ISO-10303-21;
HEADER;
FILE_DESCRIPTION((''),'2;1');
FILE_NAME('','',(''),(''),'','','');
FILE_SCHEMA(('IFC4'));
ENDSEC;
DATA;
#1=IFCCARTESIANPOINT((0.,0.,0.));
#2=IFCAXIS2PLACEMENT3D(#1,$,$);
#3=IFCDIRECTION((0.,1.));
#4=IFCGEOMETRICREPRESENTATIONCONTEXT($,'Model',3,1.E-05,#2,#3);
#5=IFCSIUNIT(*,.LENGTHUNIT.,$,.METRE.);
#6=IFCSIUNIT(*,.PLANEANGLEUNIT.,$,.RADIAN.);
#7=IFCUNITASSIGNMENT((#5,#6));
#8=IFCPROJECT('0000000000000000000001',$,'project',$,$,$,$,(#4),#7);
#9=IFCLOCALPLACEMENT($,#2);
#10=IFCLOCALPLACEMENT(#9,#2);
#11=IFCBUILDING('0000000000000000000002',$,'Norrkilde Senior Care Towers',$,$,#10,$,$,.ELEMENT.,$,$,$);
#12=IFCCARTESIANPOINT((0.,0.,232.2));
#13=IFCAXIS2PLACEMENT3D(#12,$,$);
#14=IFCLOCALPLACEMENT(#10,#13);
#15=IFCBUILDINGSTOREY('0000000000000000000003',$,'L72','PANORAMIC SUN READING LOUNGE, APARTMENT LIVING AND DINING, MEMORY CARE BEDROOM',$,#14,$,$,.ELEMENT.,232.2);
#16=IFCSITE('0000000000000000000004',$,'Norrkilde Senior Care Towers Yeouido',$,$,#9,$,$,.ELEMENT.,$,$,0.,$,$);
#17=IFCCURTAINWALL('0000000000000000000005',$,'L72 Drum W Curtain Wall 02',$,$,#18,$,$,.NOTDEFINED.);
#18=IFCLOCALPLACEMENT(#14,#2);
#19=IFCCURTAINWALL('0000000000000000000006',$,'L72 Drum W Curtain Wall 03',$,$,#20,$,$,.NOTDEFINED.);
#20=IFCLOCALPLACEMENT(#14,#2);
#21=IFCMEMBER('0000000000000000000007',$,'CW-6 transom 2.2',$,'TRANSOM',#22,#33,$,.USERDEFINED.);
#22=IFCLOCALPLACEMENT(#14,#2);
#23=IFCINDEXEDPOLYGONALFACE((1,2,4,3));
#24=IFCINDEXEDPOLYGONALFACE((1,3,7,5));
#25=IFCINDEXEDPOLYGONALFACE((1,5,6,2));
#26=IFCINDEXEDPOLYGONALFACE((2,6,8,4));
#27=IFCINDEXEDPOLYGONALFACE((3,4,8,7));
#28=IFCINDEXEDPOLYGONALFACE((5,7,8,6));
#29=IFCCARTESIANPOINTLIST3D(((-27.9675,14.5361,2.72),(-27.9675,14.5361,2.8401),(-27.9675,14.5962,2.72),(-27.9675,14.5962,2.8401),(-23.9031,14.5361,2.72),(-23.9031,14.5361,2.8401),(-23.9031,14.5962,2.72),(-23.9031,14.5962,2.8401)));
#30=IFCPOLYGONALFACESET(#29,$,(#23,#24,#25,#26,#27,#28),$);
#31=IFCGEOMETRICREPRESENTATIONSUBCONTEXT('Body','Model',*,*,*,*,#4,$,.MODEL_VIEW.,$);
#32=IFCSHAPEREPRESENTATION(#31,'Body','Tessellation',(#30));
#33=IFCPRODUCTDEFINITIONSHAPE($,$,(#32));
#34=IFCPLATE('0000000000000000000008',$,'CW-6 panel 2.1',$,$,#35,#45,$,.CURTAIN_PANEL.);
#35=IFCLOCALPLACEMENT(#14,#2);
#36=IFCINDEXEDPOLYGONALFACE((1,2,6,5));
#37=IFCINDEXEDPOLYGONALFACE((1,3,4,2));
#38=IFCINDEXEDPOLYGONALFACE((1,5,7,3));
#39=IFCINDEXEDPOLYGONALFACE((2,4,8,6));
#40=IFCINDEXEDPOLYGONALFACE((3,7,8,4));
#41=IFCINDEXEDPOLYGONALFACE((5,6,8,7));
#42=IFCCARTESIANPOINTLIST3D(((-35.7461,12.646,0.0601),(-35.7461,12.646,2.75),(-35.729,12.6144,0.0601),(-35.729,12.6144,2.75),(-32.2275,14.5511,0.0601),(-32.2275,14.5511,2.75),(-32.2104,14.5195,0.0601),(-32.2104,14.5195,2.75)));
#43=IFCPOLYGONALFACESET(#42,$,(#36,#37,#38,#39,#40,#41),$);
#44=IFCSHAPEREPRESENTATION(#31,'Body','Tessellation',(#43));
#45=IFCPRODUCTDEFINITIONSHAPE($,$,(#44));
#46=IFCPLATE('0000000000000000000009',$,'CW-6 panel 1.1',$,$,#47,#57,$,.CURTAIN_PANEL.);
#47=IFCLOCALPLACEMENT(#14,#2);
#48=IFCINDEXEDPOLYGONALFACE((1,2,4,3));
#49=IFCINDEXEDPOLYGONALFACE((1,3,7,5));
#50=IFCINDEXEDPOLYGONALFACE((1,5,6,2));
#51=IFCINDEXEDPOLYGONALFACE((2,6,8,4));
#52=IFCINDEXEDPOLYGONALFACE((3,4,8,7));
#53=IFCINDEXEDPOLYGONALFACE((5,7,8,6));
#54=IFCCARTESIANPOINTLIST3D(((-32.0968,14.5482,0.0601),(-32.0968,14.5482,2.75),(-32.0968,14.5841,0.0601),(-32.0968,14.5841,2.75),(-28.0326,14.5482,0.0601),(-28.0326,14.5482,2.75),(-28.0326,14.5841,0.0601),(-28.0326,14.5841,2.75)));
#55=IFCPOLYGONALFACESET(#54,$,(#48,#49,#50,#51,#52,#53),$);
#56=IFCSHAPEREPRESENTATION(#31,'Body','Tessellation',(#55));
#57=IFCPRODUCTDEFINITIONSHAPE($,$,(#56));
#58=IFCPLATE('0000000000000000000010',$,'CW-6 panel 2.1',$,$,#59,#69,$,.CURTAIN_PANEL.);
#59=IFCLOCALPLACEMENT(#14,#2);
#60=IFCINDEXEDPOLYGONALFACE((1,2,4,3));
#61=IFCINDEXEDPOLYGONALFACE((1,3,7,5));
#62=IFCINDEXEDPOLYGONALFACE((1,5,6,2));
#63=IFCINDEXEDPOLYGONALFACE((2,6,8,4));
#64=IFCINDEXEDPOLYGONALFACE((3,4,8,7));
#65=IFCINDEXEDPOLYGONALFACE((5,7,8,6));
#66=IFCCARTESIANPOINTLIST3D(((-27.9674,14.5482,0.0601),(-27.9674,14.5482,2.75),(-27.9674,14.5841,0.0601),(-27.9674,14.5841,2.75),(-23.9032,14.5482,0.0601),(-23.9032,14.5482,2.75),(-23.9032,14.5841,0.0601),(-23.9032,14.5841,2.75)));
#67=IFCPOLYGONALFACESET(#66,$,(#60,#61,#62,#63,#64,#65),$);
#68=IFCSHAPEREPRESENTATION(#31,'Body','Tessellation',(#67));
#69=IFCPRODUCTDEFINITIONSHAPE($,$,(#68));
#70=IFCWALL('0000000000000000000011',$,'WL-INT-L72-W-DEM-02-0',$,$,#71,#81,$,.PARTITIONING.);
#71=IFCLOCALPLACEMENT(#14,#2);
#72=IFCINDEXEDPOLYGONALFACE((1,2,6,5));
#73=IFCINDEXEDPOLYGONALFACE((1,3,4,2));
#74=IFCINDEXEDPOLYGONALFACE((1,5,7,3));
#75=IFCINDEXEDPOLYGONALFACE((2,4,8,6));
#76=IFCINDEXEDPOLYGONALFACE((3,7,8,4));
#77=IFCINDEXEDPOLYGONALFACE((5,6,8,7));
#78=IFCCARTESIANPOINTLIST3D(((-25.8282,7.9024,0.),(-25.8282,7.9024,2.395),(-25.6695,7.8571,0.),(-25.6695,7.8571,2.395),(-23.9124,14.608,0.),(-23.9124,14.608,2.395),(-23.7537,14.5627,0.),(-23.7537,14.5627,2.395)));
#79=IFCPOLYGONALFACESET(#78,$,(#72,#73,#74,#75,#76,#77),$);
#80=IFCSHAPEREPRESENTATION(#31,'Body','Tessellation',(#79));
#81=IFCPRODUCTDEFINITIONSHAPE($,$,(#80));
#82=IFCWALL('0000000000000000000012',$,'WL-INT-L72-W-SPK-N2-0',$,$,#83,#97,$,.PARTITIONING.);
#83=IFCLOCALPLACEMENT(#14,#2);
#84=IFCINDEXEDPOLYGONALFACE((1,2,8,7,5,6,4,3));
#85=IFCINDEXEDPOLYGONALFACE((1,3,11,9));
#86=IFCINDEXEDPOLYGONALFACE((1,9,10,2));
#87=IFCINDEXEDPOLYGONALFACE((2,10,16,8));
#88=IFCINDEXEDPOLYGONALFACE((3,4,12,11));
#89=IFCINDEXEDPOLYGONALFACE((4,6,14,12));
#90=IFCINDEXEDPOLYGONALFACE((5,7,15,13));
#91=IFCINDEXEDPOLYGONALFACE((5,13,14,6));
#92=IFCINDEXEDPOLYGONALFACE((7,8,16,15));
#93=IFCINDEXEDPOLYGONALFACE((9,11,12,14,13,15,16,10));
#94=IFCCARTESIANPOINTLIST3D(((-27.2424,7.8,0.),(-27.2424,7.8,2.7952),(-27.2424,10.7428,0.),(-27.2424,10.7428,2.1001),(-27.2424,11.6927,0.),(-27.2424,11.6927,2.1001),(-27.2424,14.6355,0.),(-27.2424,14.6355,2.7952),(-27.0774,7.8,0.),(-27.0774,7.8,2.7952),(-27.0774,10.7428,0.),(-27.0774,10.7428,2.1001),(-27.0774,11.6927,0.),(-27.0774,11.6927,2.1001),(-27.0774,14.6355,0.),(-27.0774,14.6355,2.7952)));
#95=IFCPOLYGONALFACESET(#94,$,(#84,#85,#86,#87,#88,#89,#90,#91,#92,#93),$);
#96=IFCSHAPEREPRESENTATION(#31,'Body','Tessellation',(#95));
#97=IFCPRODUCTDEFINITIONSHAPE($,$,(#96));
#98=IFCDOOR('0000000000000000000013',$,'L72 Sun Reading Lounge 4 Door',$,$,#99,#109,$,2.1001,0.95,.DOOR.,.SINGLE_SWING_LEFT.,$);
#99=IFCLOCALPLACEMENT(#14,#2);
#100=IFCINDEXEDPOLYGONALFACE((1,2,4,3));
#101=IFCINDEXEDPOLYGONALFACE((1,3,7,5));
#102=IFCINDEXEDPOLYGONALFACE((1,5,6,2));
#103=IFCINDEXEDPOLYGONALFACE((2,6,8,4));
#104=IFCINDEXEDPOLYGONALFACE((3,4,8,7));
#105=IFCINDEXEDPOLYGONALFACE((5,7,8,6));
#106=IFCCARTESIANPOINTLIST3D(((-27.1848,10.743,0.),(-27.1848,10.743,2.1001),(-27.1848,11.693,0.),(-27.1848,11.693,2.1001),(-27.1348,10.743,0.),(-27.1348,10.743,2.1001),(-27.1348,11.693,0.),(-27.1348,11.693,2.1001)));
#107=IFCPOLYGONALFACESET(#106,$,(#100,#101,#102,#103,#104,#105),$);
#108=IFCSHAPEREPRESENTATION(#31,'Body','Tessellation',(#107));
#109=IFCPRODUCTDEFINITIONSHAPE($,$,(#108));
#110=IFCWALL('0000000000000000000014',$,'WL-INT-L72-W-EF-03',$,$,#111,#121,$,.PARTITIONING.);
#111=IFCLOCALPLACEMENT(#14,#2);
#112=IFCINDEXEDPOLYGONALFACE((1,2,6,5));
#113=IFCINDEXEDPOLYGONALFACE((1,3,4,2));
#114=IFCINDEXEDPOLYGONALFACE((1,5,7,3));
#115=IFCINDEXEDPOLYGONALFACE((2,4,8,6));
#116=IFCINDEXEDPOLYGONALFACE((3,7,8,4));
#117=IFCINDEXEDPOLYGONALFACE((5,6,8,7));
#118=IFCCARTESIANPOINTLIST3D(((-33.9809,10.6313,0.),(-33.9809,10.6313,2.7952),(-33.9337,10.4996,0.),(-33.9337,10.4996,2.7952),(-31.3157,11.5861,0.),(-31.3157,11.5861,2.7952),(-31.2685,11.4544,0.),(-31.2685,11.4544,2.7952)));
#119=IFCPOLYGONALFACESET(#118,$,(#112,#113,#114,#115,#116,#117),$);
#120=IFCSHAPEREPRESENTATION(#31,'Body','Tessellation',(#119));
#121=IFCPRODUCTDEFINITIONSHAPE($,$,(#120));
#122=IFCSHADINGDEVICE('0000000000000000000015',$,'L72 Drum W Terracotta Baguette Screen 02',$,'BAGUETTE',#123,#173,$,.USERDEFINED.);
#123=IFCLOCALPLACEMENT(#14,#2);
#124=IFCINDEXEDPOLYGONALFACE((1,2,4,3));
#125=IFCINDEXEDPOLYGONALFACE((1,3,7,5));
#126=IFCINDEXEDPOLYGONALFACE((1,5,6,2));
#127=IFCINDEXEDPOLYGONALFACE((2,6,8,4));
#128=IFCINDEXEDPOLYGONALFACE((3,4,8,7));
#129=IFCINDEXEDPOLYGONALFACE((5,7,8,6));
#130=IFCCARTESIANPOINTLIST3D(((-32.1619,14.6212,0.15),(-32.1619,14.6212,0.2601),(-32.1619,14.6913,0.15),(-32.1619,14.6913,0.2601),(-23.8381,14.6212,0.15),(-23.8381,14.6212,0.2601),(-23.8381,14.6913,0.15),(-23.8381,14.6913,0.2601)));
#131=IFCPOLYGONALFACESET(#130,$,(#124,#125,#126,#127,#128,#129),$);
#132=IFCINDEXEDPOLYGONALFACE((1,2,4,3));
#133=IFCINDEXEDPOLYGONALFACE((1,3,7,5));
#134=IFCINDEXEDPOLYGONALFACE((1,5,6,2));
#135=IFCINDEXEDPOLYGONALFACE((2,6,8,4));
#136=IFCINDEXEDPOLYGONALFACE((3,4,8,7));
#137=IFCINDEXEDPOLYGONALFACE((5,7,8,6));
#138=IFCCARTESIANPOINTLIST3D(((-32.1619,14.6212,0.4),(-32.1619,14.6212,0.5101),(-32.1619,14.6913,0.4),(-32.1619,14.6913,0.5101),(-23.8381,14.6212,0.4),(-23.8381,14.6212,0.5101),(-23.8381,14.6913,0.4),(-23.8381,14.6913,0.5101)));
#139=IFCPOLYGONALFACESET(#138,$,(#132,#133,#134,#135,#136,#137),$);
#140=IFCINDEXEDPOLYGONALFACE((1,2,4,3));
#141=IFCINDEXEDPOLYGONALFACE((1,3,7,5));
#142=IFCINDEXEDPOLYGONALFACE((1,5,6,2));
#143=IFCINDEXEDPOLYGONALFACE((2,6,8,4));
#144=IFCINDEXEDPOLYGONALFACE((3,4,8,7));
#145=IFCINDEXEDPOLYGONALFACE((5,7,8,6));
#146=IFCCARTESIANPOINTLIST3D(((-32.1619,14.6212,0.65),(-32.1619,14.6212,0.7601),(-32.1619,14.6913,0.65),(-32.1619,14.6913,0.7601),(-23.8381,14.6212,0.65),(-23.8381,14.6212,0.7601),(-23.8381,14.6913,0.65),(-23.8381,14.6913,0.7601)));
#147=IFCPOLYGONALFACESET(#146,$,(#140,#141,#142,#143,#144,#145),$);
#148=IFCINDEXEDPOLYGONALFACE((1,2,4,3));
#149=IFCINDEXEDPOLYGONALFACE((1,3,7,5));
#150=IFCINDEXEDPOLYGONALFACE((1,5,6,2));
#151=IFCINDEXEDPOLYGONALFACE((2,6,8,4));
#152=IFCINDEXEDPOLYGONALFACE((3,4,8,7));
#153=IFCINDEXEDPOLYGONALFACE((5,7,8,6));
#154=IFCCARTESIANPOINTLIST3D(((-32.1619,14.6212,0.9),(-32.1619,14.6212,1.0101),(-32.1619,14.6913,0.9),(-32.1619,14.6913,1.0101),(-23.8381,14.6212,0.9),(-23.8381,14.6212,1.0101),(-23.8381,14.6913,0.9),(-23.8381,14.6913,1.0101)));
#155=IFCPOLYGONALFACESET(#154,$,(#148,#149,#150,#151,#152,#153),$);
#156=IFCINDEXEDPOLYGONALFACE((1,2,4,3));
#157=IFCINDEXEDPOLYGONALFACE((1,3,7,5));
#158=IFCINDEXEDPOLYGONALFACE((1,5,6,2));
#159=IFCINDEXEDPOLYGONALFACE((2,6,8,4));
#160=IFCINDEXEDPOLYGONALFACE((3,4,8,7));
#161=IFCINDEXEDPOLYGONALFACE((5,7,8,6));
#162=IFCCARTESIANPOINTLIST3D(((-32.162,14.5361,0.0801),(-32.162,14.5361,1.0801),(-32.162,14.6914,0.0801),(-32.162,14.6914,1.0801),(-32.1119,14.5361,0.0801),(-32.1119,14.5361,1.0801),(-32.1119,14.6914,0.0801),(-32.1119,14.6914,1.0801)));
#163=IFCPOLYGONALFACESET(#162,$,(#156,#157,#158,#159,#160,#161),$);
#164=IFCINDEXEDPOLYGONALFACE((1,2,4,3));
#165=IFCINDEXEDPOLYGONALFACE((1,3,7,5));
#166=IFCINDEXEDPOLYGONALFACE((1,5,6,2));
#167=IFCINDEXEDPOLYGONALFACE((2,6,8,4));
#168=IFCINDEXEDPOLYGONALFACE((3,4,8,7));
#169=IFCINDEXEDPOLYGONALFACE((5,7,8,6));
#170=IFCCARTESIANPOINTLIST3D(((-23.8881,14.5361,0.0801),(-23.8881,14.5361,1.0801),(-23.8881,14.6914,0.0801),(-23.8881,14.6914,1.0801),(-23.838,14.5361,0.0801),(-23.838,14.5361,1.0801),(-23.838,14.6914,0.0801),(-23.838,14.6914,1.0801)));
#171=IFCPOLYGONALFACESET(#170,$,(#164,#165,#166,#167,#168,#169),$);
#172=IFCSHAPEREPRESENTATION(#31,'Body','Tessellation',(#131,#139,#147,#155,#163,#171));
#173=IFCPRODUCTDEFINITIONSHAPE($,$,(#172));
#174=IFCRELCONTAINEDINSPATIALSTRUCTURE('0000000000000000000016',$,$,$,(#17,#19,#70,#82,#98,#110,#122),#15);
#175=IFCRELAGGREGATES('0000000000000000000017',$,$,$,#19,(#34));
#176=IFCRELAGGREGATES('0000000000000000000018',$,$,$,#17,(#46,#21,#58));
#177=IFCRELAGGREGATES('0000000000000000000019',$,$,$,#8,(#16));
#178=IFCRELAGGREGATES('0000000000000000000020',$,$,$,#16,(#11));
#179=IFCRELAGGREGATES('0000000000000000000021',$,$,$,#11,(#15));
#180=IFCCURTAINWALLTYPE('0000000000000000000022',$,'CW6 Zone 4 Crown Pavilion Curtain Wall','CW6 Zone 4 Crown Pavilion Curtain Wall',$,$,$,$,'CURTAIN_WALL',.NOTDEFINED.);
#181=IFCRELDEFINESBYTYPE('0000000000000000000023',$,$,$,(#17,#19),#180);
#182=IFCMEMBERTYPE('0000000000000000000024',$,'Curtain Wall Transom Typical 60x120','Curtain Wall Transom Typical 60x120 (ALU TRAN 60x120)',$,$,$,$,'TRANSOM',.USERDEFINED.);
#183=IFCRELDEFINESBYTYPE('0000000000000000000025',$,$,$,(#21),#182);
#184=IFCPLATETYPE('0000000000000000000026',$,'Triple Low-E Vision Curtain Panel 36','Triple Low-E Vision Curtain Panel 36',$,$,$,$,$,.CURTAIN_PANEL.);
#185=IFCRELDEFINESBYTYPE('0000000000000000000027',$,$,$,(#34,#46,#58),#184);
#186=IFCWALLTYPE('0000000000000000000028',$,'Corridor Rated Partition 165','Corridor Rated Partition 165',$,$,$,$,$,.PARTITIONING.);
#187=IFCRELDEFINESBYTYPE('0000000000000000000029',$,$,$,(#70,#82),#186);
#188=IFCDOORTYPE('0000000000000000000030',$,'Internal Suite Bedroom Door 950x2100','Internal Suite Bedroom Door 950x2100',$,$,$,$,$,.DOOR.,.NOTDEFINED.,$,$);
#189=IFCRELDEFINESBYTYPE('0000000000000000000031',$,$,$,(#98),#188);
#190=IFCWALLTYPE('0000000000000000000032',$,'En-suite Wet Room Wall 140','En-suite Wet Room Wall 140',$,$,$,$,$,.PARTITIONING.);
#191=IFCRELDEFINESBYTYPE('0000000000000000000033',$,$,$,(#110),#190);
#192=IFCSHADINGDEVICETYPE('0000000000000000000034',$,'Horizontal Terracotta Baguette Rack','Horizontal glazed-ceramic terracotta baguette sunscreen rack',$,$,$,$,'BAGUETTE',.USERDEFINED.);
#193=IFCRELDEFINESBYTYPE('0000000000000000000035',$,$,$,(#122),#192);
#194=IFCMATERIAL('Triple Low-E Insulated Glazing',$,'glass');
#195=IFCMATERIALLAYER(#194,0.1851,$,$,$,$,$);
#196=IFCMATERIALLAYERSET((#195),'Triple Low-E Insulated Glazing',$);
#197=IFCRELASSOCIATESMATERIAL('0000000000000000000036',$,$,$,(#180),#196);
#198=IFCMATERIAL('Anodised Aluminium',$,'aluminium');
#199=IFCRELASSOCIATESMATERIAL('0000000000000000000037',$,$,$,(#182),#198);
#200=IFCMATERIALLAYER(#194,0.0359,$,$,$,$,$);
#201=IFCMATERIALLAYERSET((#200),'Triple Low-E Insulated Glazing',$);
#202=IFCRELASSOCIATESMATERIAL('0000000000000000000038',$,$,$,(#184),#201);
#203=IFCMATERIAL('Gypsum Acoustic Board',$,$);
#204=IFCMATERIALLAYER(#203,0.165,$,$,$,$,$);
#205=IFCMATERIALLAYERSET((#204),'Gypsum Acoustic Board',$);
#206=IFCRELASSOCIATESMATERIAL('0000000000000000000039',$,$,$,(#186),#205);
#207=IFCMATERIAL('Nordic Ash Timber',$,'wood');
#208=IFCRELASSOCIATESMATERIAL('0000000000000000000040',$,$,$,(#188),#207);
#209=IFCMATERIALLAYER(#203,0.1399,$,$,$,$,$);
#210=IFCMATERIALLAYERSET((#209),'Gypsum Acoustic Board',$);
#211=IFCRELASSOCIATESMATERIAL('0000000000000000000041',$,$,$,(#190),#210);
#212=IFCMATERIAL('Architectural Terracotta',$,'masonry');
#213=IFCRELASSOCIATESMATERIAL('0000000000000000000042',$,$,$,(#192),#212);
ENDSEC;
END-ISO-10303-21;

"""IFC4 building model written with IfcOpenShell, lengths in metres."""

from ifc_helpers import new_model, si_unit, direction, frame, frame_2d, origin, origin_2d, place, context, subcontext, project, spatial, rectangle, extrude, source, transform, mapped, material, layer, layer_set, material_profile, profile_set, type_object, type_shapes, element, fill, aggregate, save


model = new_model("IFC4")

# Units and contexts
model_context = context("Model", 3, precision=1e-05, world=origin(), true_north=direction((0.0, 1.0)))
body_context = subcontext(model_context, "Body", "Model", "MODEL_VIEW")
ifc_project = project(units=[si_unit("LENGTHUNIT", "METRE"), si_unit("PLANEANGLEUNIT", "RADIAN")], contexts=[model_context])

# Site, building, storey
site_placement = place(None, origin())
site = spatial("IfcSite", under=ifc_project, at=site_placement, Name="Norrkilde Senior Care Towers Yeouido", CompositionType="ELEMENT", RefElevation=0.0)
building_placement = place(site_placement, origin())
building = spatial("IfcBuilding", under=site, at=building_placement, Name="Norrkilde Senior Care Towers", CompositionType="ELEMENT")
storey_placement = place(building_placement, frame((0.0, 0.0, 232.2)))
storey = spatial("IfcBuildingStorey", under=building, at=storey_placement, Name="L72", Description="PANORAMIC SUN READING LOUNGE, APARTMENT LIVING AND DINING, MEMORY CARE BEDROOM", CompositionType="ELEMENT", Elevation=232.2)

# Curtain wall
ifc_material_1 = material(Name="Triple Low-E Insulated Glazing", Category="glass")
ifc_layer_1 = layer(ifc_material_1, 0.1851)
ifc_layer_set_1 = layer_set([ifc_layer_1], Name="Triple Low-E Insulated Glazing")
curtain_wall_type = type_object("IfcCurtainWallType", Name="CW6 Zone 4 Crown Pavilion Curtain Wall", Description="CW6 Zone 4 Crown Pavilion Curtain Wall", ElementType="CURTAIN_WALL", PredefinedType="NOTDEFINED", material=ifc_layer_set_1)
curtain_wall_1_placement = place(storey_placement, origin())
curtain_wall_1 = element("IfcCurtainWall", 1, at=curtain_wall_1_placement, inside=storey, type_object=curtain_wall_type, Name="L72 Drum W Curtain Wall 02", PredefinedType="NOTDEFINED")
ifc_material_2 = material(Name="Anodised Aluminium", Category="aluminium")

# Curtain wall
curtain_wall_2_placement = place(storey_placement, origin())
curtain_wall_2 = element("IfcCurtainWall", 2, at=curtain_wall_2_placement, inside=storey, type_object=curtain_wall_type, Name="L72 Drum W Curtain Wall 03", PredefinedType="NOTDEFINED")

# Member
ifc_material_profile_1 = material_profile(ifc_material_2, rectangle(XDim=0.0601, YDim=0.1201, at=origin_2d()), Name="ALU TRAN 60x120")
ifc_profile_set_1 = profile_set([ifc_material_profile_1], Name="Anodised Aluminium")
member_type_1 = type_object("IfcMemberType", Name="Curtain Wall Transom Typical 60x120", Description="Curtain Wall Transom Typical 60x120 (ALU TRAN 60x120)", ElementType="TRANSOM", PredefinedType="USERDEFINED", material=ifc_profile_set_1)
shared_shape_1 = source(origin(), body_context, "Body", "SweptSolid", [
    extrude(rectangle(XDim=0.0601, YDim=0.1201, at=origin_2d()), origin(), (0.0, 0.0, 1.0), 4.0645),
])
type_shapes(member_type_1, [shared_shape_1])
member_1_placement = place(storey_placement, frame((-27.9675, 14.5662, 2.78), z_axis=(1.0, 0.0, 0.0), x_axis=(0.0, 1.0, 0.0)))
member_1 = element("IfcMember", 3, at=member_1_placement, type_object=member_type_1, Name="CW-6 transom 2.2", ObjectType="TRANSOM", PredefinedType="USERDEFINED", context=body_context, shape_type="MappedRepresentation", body=[
    mapped(shared_shape_1, transform((0.0, 0.0, 0.0), x_axis=(1.0, 0.0, 0.0), y_axis=(0.0, 1.0, 0.0), z_axis=(0.0, 0.0, 1.0), scale=1.0)),
])

# Plates
ifc_layer_2 = layer(ifc_material_1, 0.0359)
ifc_layer_set_2 = layer_set([ifc_layer_2], Name="Triple Low-E Insulated Glazing")
plate_type = type_object("IfcPlateType", Name="Triple Low-E Vision Curtain Panel 36", Description="Triple Low-E Vision Curtain Panel 36", PredefinedType="CURTAIN_PANEL", material=ifc_layer_set_2)
shared_shape_2 = source(origin(), body_context, "Body", "SweptSolid", [
    extrude(rectangle(XDim=4.0012, YDim=0.0359, at=origin_2d()), origin(), (0.0, 0.0, 1.0), 2.6899),
])
plate_1_placement = place(storey_placement, frame((-33.9783, 13.5828, 0.0601), z_axis=(0.0, 0.0, 1.0), x_axis=(0.879373, 0.476133, 0.0)))
plate_1 = element("IfcPlate", 4, at=plate_1_placement, type_object=plate_type, Name="CW-6 panel 2.1", PredefinedType="CURTAIN_PANEL", context=body_context, shape_type="MappedRepresentation", body=[
    mapped(shared_shape_2, transform((0.0, 0.0, 0.0), x_axis=(1.0, 0.0, 0.0), y_axis=(0.0, 1.0, 0.0), z_axis=(0.0, 0.0, 1.0), scale=1.0)),
])
aggregate(curtain_wall_2, [plate_1])
shared_shape_3 = source(origin(), body_context, "Body", "SweptSolid", [
    extrude(rectangle(XDim=4.0642, YDim=0.0359, at=origin_2d()), origin(), (0.0, 0.0, 1.0), 2.6899),
])
type_shapes(plate_type, [shared_shape_2, shared_shape_3])
plate_2_placement = place(storey_placement, frame((-30.0647, 14.5662, 0.0601), z_axis=(0.0, 0.0, 1.0), x_axis=(1.0, 0.0, 0.0)))
plate_2 = element("IfcPlate", 5, at=plate_2_placement, type_object=plate_type, Name="CW-6 panel 1.1", PredefinedType="CURTAIN_PANEL", context=body_context, shape_type="MappedRepresentation", body=[
    mapped(shared_shape_3, transform((0.0, 0.0, 0.0), x_axis=(1.0, 0.0, 0.0), y_axis=(0.0, 1.0, 0.0), z_axis=(0.0, 0.0, 1.0), scale=1.0)),
])
plate_3_placement = place(storey_placement, frame((-25.9353, 14.5662, 0.0601), z_axis=(0.0, 0.0, 1.0), x_axis=(1.0, 0.0, 0.0)))
plate_3 = element("IfcPlate", 6, at=plate_3_placement, type_object=plate_type, Name="CW-6 panel 2.1", PredefinedType="CURTAIN_PANEL", context=body_context, shape_type="MappedRepresentation", body=[
    mapped(shared_shape_3, transform((0.0, 0.0, 0.0), x_axis=(1.0, 0.0, 0.0), y_axis=(0.0, 1.0, 0.0), z_axis=(0.0, 0.0, 1.0), scale=1.0)),
])
aggregate(curtain_wall_1, [plate_2, member_1, plate_3])

# Wall
ifc_material_3 = material(Name="Gypsum Acoustic Board")
ifc_layer_3 = layer(ifc_material_3, 0.165)
ifc_layer_set_3 = layer_set([ifc_layer_3], Name="Gypsum Acoustic Board")
wall_type_1 = type_object("IfcWallType", Name="Corridor Rated Partition 165", Description="Corridor Rated Partition 165", PredefinedType="PARTITIONING", material=ifc_layer_set_3)
shared_shape_4 = source(origin(), body_context, "Body", "SweptSolid", [
    extrude(rectangle(XDim=6.9739, YDim=0.165, at=frame_2d((3.4868, 0.0))), origin(), (0.0, 0.0, 1.0), 2.395),
])
wall_1_placement = place(storey_placement, frame((-25.7488, 7.8799, 0.0), z_axis=(0.0, 0.0, 1.0), x_axis=(0.274707, 0.961528, 0.0)))
element("IfcWall", 7, at=wall_1_placement, inside=storey, type_object=wall_type_1, Name="WL-INT-L72-W-DEM-02-0", PredefinedType="PARTITIONING", context=body_context, shape_type="MappedRepresentation", body=[
    mapped(shared_shape_4, transform((0.0, 0.0, 0.0), x_axis=(1.0, 0.0, 0.0), y_axis=(0.0, 1.0, 0.0), z_axis=(0.0, 0.0, 1.0), scale=1.0)),
])

# Wall, opening, door
shared_shape_5 = source(origin(), body_context, "Body", "SweptSolid", [
    extrude(rectangle(XDim=6.8354, YDim=0.165, at=frame_2d((3.4177, 0.0))), origin(), (0.0, 0.0, 1.0), 2.7952),
])
type_shapes(wall_type_1, [shared_shape_4, shared_shape_5])
wall_2_placement = place(storey_placement, frame((-27.1599, 14.6355, 0.0), z_axis=(0.0, 0.0, 1.0), x_axis=(0.0, -1.0, 0.0)))
wall_2 = element("IfcWall", 8, at=wall_2_placement, inside=storey, type_object=wall_type_1, Name="WL-INT-L72-W-SPK-N2-0", PredefinedType="PARTITIONING", context=body_context, shape_type="MappedRepresentation", body=[
    mapped(shared_shape_5, transform((0.0, 0.0, 0.0), x_axis=(1.0, 0.0, 0.0), y_axis=(0.0, 1.0, 0.0), z_axis=(0.0, 0.0, 1.0), scale=1.0)),
])
opening_placement = place(wall_2_placement, frame((2.9426, 0.0, 0.0)))
opening = element("IfcOpeningElement", 9, at=opening_placement, cuts=wall_2, PredefinedType="OPENING", context=body_context, shape_type="SweptSolid", body=[
    extrude(rectangle(XDim=0.95, YDim=2.1001, at=frame_2d((0.4751, 1.05))), frame((0.0, 0.0925, 0.0), z_axis=(0.0, -1.0, 0.0), x_axis=(1.0, 0.0, 0.0)), (0.0, 0.0, 1.0), 0.1851),
])
ifc_material_4 = material(Name="Nordic Ash Timber", Category="wood")
door_type = type_object("IfcDoorType", Name="Internal Suite Bedroom Door 950x2100", Description="Internal Suite Bedroom Door 950x2100", OperationType="NOTDEFINED", PredefinedType="DOOR", material=ifc_material_4)
shared_shape_6 = source(origin(), body_context, "Body", "SweptSolid", [
    extrude(rectangle(XDim=0.95, YDim=2.1001, at=frame_2d((0.4751, 1.05))), frame((0.0, 0.0249, 0.0), z_axis=(0.0, -1.0, 0.0), x_axis=(1.0, 0.0, 0.0)), (0.0, 0.0, 1.0), 0.05),
])
type_shapes(door_type, [shared_shape_6])
door_placement = place(opening_placement, frame((0.95, 0.0, 0.0), z_axis=(0.0, 0.0, 1.0), x_axis=(-1.0, 0.0, 0.0)))
door = element("IfcDoor", 10, at=door_placement, inside=storey, type_object=door_type, Name="L72 Sun Reading Lounge 4 Door", OperationType="SINGLE_SWING_LEFT", OverallHeight=2.1001, OverallWidth=0.95, PredefinedType="DOOR", context=body_context, shape_type="MappedRepresentation", body=[
    mapped(shared_shape_6, transform((0.0, 0.0, 0.0), x_axis=(1.0, 0.0, 0.0), y_axis=(0.0, 1.0, 0.0), z_axis=(0.0, 0.0, 1.0), scale=1.0)),
])
fill(opening, door)

# Wall
ifc_layer_4 = layer(ifc_material_3, 0.1399)
ifc_layer_set_4 = layer_set([ifc_layer_4], Name="Gypsum Acoustic Board")
wall_type_2 = type_object("IfcWallType", Name="En-suite Wet Room Wall 140", Description="En-suite Wet Room Wall 140", PredefinedType="PARTITIONING", material=ifc_layer_set_4)
shared_shape_7 = source(origin(), body_context, "Body", "SweptSolid", [
    extrude(rectangle(XDim=2.8311, YDim=0.1399, at=frame_2d((1.4155, 0.0))), origin(), (0.0, 0.0, 1.0), 2.7952),
])
type_shapes(wall_type_2, [shared_shape_7])
wall_3_placement = place(storey_placement, frame((-33.9573, 10.5654, 0.0), z_axis=(0.0, 0.0, 1.0), x_axis=(0.941412, 0.337259, 0.0)))
element("IfcWall", 11, at=wall_3_placement, inside=storey, type_object=wall_type_2, Name="WL-INT-L72-W-EF-03", PredefinedType="PARTITIONING", context=body_context, shape_type="MappedRepresentation", body=[
    mapped(shared_shape_7, transform((0.0, 0.0, 0.0), x_axis=(1.0, 0.0, 0.0), y_axis=(0.0, 1.0, 0.0), z_axis=(0.0, 0.0, 1.0), scale=1.0)),
])

# Shading device
ifc_material_5 = material(Name="Architectural Terracotta", Category="masonry")
shading_device_type = type_object("IfcShadingDeviceType", Name="Horizontal Terracotta Baguette Rack", Description="Horizontal glazed-ceramic terracotta baguette sunscreen rack", ElementType="BAGUETTE", PredefinedType="USERDEFINED", material=ifc_material_5)
shared_shape_8 = source(origin(), body_context, "Body", "SweptSolid", [
    extrude(rectangle(XDim=0.0701, YDim=0.1101, at=origin_2d()), frame((0.0, 0.0901, 0.125), z_axis=(1.0, 0.0, 0.0), x_axis=(0.0, 1.0, 0.0)), (0.0, 0.0, 1.0), 8.3237),
    extrude(rectangle(XDim=0.0701, YDim=0.1101, at=origin_2d()), frame((0.0, 0.0901, 0.375), z_axis=(1.0, 0.0, 0.0), x_axis=(0.0, 1.0, 0.0)), (0.0, 0.0, 1.0), 8.3237),
    extrude(rectangle(XDim=0.0701, YDim=0.1101, at=origin_2d()), frame((0.0, 0.0901, 0.625), z_axis=(1.0, 0.0, 0.0), x_axis=(0.0, 1.0, 0.0)), (0.0, 0.0, 1.0), 8.3237),
    extrude(rectangle(XDim=0.0701, YDim=0.1101, at=origin_2d()), frame((0.0, 0.0901, 0.875), z_axis=(1.0, 0.0, 0.0), x_axis=(0.0, 1.0, 0.0)), (0.0, 0.0, 1.0), 8.3237),
    extrude(rectangle(XDim=0.05, YDim=0.1553, at=origin_2d()), frame((0.0249, 0.0476, 0.0)), (0.0, 0.0, 1.0), 1.0),
    extrude(rectangle(XDim=0.05, YDim=0.1553, at=origin_2d()), frame((8.2988, 0.0476, 0.0)), (0.0, 0.0, 1.0), 1.0),
])
type_shapes(shading_device_type, [shared_shape_8])
shading_device_placement = place(storey_placement, frame((-32.1619, 14.5662, 0.0801), z_axis=(0.0, 0.0, 1.0), x_axis=(1.0, 0.0, 0.0)))
element("IfcShadingDevice", 12, at=shading_device_placement, inside=storey, type_object=shading_device_type, Name="L72 Drum W Terracotta Baguette Screen 02", ObjectType="BAGUETTE", PredefinedType="USERDEFINED", context=body_context, shape_type="MappedRepresentation", body=[
    mapped(shared_shape_8, transform((0.0, 0.0, 0.0), x_axis=(1.0, 0.0, 0.0), y_axis=(0.0, 1.0, 0.0), z_axis=(0.0, 0.0, 1.0), scale=1.0)),
])

save(model, "model.ifc")
